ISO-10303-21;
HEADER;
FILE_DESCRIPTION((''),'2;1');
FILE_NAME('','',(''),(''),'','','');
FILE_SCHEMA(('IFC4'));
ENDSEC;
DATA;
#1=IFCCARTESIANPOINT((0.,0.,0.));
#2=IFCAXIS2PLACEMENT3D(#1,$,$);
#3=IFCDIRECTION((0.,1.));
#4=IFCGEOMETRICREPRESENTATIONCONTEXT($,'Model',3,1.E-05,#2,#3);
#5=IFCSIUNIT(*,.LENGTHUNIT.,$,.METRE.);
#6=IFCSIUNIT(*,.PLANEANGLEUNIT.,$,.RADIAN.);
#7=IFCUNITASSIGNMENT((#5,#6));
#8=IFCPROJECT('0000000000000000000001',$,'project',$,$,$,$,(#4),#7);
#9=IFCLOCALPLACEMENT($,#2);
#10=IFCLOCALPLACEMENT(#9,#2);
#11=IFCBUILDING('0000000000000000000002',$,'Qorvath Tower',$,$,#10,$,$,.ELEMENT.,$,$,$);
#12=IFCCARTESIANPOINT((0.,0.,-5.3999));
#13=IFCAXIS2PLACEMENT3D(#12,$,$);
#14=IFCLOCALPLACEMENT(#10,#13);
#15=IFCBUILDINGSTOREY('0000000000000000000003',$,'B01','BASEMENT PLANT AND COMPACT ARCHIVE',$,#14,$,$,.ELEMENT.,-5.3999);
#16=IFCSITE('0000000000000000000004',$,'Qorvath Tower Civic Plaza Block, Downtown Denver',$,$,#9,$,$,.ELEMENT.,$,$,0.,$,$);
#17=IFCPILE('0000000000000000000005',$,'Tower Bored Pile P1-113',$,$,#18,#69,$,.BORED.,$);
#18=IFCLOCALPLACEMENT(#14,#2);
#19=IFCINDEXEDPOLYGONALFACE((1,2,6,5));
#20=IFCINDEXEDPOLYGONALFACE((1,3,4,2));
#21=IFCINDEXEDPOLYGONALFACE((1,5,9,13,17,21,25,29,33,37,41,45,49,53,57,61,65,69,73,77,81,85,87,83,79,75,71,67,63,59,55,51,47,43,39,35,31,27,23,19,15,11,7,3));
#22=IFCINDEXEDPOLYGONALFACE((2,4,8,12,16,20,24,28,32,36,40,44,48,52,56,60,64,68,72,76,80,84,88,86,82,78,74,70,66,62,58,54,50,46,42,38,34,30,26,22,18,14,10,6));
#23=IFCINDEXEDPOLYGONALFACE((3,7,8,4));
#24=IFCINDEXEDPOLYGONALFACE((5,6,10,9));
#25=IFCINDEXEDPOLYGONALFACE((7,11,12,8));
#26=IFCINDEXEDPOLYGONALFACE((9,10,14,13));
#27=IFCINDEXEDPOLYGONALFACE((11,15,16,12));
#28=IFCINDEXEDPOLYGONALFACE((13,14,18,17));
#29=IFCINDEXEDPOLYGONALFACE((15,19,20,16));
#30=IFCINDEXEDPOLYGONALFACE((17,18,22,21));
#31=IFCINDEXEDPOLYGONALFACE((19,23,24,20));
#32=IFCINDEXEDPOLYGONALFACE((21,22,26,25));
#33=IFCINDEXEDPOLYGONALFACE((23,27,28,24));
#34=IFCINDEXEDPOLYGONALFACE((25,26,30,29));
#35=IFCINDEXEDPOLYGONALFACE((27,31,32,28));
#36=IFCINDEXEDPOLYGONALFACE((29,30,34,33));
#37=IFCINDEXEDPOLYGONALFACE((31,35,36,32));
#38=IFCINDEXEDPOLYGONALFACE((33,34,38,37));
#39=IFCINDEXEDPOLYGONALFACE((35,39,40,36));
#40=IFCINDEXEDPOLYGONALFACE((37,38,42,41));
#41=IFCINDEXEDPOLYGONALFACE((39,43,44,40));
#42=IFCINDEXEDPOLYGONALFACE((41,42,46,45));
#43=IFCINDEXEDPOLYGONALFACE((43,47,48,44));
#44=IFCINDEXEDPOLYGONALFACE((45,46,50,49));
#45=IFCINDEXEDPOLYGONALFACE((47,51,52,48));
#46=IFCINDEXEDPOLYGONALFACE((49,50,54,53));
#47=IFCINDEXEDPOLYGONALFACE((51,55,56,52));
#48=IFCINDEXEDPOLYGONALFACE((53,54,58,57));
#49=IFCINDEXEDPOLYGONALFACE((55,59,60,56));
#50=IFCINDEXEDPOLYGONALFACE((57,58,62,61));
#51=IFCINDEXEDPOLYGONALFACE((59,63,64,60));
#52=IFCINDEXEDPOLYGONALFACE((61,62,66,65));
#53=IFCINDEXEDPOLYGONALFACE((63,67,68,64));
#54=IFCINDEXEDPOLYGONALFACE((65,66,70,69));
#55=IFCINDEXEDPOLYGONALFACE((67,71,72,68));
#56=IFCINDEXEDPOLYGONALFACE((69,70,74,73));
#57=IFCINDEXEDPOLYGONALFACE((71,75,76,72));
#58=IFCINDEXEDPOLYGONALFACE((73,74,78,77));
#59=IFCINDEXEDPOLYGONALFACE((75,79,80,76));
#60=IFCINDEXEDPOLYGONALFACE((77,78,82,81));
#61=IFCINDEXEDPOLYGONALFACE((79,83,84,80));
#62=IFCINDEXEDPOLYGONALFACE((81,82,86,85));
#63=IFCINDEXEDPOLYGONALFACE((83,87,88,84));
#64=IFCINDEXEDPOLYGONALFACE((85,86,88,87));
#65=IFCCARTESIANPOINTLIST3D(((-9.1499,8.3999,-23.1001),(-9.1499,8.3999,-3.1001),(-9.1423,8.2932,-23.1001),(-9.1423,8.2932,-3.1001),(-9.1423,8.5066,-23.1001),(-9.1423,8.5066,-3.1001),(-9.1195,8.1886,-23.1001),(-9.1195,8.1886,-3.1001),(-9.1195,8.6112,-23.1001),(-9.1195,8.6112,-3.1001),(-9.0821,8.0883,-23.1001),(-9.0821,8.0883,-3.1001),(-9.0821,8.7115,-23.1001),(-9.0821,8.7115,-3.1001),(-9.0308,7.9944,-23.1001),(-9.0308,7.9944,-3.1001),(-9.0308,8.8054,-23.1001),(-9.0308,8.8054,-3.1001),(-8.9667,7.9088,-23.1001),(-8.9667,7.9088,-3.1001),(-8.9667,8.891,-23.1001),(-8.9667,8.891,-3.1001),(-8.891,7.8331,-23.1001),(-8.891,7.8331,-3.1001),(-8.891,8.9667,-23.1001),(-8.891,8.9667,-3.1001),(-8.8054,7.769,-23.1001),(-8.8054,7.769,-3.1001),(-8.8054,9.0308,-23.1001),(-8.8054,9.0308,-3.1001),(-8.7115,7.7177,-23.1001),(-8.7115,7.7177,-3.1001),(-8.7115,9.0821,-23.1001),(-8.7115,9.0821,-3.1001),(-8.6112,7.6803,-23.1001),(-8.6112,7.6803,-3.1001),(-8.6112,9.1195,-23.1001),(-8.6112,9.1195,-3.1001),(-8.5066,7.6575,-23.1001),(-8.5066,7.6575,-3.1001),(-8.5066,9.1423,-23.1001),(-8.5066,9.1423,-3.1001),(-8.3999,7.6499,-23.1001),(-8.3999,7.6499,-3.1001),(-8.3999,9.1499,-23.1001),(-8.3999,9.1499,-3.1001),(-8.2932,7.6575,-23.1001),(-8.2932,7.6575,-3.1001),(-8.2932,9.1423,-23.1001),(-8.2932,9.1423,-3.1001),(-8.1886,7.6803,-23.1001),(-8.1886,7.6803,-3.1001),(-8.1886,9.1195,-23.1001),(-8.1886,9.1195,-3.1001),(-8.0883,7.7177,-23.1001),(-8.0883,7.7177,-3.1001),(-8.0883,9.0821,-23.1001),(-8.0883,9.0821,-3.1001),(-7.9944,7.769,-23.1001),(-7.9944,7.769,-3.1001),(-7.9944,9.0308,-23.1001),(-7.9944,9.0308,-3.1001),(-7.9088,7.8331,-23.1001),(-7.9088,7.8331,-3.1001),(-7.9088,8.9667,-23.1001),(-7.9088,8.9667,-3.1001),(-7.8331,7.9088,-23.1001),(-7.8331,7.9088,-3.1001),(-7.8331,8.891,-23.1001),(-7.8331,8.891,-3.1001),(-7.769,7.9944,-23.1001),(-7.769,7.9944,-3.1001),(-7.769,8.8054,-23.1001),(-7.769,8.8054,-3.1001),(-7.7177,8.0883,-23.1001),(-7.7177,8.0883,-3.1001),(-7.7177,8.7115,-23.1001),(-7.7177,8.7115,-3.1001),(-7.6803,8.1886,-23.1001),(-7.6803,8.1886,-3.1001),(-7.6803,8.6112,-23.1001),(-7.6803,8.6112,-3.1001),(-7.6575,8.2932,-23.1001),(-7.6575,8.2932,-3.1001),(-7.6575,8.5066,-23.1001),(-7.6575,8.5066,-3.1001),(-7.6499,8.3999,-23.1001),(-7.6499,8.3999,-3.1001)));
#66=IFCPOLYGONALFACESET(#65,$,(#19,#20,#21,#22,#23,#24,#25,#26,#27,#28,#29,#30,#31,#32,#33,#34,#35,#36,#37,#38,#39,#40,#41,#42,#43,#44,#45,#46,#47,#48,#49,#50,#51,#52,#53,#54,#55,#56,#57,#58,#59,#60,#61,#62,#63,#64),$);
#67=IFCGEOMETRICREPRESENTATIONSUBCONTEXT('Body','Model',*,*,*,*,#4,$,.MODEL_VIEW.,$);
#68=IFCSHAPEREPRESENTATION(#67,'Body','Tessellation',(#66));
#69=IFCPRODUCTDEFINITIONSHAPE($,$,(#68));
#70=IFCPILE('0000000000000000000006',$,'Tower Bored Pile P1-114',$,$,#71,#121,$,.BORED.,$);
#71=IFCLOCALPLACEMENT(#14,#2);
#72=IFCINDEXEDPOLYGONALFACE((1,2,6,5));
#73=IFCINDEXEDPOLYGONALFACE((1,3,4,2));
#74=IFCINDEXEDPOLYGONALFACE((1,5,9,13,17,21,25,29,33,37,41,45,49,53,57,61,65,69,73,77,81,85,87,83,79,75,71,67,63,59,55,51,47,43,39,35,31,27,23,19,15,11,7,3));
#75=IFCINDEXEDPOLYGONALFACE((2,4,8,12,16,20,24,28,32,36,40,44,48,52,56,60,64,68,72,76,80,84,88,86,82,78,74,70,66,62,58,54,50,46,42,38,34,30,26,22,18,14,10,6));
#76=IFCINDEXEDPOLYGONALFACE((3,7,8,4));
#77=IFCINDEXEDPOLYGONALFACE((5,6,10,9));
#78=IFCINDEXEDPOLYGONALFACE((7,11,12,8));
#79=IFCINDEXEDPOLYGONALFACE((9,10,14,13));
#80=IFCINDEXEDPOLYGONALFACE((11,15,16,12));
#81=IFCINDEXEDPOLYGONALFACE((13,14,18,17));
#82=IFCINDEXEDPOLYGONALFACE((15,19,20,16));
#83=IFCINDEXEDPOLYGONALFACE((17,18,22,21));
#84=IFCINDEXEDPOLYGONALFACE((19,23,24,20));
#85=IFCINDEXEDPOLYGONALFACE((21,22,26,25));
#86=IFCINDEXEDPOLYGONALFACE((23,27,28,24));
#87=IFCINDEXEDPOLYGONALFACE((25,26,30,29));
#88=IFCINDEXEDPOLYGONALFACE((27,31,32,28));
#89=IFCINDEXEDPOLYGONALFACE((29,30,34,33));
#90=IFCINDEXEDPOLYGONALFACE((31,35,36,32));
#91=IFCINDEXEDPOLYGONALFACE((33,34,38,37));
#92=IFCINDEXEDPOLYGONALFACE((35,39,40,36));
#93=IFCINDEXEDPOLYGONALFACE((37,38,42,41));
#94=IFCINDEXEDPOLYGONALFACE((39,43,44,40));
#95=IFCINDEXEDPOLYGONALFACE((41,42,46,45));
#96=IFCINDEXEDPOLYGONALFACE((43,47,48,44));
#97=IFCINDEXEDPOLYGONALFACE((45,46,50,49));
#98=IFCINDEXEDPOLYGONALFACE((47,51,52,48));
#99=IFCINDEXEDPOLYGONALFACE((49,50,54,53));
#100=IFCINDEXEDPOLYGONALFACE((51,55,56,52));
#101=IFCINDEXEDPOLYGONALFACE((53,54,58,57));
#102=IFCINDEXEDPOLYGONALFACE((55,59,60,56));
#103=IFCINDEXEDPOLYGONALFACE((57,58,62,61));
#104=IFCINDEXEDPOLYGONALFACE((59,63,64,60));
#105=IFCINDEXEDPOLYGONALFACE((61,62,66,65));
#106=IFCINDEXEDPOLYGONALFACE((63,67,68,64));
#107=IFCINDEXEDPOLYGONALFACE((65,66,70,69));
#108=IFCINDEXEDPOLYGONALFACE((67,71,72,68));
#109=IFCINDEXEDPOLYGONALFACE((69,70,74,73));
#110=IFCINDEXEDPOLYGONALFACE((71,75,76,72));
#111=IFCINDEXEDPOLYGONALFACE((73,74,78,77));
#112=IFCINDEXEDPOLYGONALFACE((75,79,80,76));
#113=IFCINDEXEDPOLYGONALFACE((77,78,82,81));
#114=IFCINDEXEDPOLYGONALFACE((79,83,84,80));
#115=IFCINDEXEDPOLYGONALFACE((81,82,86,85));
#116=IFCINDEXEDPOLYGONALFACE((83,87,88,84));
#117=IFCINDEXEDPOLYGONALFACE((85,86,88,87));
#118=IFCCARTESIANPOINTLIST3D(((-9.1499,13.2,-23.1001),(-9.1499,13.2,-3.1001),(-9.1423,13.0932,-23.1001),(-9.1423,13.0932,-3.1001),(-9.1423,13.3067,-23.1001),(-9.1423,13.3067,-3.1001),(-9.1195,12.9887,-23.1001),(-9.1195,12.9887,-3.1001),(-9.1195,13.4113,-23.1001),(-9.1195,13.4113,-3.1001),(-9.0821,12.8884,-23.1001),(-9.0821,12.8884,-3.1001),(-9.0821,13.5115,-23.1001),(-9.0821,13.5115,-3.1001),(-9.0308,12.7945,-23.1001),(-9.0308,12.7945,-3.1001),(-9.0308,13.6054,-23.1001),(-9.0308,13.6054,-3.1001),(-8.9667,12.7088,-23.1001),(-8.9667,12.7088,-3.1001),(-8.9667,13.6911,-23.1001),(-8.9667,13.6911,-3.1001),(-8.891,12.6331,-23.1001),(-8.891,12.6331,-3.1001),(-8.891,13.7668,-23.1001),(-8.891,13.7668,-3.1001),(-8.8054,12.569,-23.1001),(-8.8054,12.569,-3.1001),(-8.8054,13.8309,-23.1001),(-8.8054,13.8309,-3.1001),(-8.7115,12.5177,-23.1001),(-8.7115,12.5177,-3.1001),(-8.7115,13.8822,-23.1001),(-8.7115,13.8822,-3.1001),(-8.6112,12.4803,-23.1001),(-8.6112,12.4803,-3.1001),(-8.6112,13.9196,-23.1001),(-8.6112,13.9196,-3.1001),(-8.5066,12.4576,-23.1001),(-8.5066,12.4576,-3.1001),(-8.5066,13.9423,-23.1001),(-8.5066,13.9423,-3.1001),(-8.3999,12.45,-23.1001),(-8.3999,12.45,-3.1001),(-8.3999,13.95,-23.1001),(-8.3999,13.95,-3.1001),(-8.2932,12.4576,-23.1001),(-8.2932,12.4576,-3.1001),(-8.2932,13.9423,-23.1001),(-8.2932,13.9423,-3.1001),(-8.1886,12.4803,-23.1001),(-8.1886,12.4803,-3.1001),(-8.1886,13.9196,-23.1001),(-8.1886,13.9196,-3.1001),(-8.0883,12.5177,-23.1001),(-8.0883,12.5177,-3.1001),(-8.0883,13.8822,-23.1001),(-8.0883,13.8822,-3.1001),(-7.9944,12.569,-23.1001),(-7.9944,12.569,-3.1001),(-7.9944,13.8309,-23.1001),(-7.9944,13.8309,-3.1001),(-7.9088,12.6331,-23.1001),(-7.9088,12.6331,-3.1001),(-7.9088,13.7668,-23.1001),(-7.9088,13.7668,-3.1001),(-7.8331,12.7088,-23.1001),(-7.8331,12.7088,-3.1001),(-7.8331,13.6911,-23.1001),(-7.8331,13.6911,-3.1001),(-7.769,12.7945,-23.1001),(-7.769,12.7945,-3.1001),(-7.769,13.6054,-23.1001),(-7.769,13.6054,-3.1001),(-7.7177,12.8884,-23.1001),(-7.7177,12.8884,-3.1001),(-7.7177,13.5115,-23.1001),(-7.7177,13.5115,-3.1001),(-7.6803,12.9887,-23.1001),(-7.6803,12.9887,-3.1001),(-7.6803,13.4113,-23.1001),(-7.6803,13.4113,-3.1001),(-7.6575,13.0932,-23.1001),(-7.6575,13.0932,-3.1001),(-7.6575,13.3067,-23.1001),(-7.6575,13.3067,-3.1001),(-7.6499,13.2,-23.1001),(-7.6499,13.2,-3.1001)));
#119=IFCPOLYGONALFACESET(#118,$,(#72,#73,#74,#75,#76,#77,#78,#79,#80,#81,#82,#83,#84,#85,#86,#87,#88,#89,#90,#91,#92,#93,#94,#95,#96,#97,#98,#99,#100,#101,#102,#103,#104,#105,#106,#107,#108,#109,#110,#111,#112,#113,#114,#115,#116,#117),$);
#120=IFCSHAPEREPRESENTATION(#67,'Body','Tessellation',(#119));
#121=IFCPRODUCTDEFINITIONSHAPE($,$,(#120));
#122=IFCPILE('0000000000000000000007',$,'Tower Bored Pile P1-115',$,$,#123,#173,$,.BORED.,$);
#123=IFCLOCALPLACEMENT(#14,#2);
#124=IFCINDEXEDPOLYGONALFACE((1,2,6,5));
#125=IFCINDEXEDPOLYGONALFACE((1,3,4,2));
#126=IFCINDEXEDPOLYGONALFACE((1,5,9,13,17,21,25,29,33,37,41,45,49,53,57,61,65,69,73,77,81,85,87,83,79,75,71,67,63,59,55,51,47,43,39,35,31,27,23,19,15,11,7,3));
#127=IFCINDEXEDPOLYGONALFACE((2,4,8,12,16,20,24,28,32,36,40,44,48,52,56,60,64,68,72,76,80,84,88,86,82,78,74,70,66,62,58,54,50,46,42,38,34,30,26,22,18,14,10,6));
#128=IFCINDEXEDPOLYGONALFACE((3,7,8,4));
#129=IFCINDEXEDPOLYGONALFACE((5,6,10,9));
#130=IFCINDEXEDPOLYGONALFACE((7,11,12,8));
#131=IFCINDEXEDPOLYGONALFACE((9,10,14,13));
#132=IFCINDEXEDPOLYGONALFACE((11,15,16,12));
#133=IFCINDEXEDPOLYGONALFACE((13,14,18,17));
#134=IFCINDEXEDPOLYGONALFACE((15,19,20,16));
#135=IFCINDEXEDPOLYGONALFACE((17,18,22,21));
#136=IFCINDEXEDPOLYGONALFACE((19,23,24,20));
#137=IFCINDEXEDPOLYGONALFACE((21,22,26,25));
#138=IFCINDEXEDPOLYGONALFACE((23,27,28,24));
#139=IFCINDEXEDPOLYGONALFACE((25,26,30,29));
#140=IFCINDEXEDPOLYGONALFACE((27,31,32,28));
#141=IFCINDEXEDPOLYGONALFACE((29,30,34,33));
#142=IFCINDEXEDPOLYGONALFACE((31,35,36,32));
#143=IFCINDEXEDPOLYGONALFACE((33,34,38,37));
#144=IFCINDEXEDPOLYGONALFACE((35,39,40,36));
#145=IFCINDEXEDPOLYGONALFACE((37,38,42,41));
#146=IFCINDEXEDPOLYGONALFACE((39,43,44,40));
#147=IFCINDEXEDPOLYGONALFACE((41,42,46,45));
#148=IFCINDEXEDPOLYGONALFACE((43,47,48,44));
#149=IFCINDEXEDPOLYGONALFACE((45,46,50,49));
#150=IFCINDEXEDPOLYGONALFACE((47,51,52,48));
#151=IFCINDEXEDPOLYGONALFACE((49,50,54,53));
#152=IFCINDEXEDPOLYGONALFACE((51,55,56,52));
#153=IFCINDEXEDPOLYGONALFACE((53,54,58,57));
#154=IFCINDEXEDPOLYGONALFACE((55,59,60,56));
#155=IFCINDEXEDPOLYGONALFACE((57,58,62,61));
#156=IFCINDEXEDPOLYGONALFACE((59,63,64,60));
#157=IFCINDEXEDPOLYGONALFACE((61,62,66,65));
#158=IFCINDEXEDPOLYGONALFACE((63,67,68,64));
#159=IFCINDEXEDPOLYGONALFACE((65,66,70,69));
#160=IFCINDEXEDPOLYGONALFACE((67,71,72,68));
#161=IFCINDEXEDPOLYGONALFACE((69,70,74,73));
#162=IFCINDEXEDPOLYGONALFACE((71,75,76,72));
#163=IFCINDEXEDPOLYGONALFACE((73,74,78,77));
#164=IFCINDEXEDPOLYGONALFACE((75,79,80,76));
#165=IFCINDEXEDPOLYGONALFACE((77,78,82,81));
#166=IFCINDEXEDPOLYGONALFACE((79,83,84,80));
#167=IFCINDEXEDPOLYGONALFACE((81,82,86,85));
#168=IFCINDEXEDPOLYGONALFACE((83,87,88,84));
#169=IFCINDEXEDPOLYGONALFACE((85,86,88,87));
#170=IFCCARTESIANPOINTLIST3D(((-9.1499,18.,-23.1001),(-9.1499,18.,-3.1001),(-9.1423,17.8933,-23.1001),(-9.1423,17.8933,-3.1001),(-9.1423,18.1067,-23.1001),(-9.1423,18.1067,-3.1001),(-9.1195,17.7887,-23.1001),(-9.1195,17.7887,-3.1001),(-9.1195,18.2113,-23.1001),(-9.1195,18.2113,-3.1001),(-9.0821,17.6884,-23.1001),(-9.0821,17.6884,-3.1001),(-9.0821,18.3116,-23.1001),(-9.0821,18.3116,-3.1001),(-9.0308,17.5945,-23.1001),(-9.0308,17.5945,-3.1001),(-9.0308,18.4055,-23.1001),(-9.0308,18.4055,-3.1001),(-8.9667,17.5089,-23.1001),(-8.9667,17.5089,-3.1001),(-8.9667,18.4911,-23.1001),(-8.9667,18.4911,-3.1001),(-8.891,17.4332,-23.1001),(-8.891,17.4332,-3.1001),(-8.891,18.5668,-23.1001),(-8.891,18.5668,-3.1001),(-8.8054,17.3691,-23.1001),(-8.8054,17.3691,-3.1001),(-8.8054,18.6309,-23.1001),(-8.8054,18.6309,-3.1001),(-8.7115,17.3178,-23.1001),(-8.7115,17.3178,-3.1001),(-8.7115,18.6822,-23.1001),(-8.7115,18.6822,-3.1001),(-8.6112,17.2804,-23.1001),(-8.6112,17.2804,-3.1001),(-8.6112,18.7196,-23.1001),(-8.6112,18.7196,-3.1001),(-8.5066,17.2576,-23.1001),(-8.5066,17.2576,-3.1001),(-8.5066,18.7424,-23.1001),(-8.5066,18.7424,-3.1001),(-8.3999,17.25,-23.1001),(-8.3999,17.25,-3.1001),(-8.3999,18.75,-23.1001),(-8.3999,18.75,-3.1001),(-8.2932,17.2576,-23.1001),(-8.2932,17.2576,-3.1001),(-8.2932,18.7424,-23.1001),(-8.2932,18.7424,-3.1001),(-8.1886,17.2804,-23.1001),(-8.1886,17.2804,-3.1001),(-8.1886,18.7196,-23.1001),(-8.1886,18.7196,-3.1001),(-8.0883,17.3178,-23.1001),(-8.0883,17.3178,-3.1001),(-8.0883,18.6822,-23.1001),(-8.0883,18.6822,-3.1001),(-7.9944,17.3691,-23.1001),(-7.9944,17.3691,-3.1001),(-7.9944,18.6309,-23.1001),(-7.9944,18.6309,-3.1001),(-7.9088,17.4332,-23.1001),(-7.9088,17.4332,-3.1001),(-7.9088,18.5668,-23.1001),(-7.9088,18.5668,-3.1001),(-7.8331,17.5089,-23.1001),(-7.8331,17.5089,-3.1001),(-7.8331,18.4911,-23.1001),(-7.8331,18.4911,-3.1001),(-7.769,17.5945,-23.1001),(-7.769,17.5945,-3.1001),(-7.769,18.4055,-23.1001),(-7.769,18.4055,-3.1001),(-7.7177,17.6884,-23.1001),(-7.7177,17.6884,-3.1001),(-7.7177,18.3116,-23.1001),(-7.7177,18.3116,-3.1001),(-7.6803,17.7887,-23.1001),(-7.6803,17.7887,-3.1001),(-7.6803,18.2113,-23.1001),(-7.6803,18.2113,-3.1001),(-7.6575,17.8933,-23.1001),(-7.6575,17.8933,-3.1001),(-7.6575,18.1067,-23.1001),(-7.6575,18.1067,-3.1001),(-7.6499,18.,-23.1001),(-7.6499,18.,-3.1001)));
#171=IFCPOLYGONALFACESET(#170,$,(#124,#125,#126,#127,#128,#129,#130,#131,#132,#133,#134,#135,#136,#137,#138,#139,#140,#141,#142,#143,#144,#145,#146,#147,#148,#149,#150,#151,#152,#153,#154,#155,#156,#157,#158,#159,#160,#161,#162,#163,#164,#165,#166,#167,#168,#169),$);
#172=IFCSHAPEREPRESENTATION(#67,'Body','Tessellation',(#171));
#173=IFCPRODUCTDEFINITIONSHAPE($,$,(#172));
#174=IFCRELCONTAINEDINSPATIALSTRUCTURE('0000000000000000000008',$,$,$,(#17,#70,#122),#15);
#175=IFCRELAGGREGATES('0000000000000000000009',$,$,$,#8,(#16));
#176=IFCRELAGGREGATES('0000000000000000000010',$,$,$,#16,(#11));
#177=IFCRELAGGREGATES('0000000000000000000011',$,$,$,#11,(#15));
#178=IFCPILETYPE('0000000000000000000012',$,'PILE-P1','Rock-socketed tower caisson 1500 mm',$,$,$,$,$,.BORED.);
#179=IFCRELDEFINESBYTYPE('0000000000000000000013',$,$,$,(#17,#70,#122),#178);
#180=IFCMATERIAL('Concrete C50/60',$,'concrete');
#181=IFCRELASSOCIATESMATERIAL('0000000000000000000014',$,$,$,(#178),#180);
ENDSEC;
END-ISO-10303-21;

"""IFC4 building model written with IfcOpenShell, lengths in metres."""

from ifc_helpers import new_model, si_unit, direction, frame, origin, origin_2d, place, context, subcontext, project, spatial, circle, extrude, material, material_profile, profile_set, type_object, element, save


model = new_model("IFC4")

# Units and contexts
model_context = context("Model", 3, precision=1e-05, world=origin(), true_north=direction((0.0, 1.0)))
body_context = subcontext(model_context, "Body", "Model", "MODEL_VIEW")
ifc_project = project(units=[si_unit("LENGTHUNIT", "METRE"), si_unit("PLANEANGLEUNIT", "RADIAN")], contexts=[model_context])

# Site, building, storey
site_placement = place(None, origin())
site = spatial("IfcSite", under=ifc_project, at=site_placement, Name="Qorvath Tower Civic Plaza Block, Downtown Denver", CompositionType="ELEMENT", RefElevation=0.0)
building_placement = place(site_placement, origin())
building = spatial("IfcBuilding", under=site, at=building_placement, Name="Qorvath Tower", CompositionType="ELEMENT")
storey_placement = place(building_placement, frame((0.0, 0.0, -5.3999)))
storey = spatial("IfcBuildingStorey", under=building, at=storey_placement, Name="B01", Description="BASEMENT PLANT AND COMPACT ARCHIVE", CompositionType="ELEMENT", Elevation=-5.3999)

# Piles
ifc_material_1 = material(Name="Concrete C50/60", Category="concrete")
ifc_material_profile_1 = material_profile(ifc_material_1, circle(Radius=0.75, at=origin_2d()), Name="BORED PILE 1500")
ifc_profile_set_1 = profile_set([ifc_material_profile_1], Name="Concrete C50/60")
pile_type = type_object("IfcPileType", Name="PILE-P1", Description="Rock-socketed tower caisson 1500 mm", PredefinedType="BORED", material=ifc_profile_set_1)
for number, where, z_axis, x_axis, name in (
    (1, (-8.3999, 8.3999, -3.1001), (0.0, 0.0, -1.0), (1.0, 0.0, 0.0), "Tower Bored Pile P1-113"),
    (2, (-8.3999, 13.2, -3.1001), (0.0, 0.0, -1.0), (1.0, 0.0, 0.0), "Tower Bored Pile P1-114"),
    (3, (-8.3999, 18.0, -3.1001), (0.0, 0.0, -1.0), (1.0, 0.0, 0.0), "Tower Bored Pile P1-115"),
):
    element("IfcPile", number, at=place(storey_placement, frame(where, z_axis=z_axis, x_axis=x_axis)), inside=storey, type_object=pile_type, Name=name, PredefinedType="BORED", context=body_context, shape_type="SweptSolid", body=[
        extrude(circle(Radius=0.75, at=origin_2d()), origin(), (0.0, 0.0, 1.0), 20.0),
    ])

save(model, "model.ifc")
